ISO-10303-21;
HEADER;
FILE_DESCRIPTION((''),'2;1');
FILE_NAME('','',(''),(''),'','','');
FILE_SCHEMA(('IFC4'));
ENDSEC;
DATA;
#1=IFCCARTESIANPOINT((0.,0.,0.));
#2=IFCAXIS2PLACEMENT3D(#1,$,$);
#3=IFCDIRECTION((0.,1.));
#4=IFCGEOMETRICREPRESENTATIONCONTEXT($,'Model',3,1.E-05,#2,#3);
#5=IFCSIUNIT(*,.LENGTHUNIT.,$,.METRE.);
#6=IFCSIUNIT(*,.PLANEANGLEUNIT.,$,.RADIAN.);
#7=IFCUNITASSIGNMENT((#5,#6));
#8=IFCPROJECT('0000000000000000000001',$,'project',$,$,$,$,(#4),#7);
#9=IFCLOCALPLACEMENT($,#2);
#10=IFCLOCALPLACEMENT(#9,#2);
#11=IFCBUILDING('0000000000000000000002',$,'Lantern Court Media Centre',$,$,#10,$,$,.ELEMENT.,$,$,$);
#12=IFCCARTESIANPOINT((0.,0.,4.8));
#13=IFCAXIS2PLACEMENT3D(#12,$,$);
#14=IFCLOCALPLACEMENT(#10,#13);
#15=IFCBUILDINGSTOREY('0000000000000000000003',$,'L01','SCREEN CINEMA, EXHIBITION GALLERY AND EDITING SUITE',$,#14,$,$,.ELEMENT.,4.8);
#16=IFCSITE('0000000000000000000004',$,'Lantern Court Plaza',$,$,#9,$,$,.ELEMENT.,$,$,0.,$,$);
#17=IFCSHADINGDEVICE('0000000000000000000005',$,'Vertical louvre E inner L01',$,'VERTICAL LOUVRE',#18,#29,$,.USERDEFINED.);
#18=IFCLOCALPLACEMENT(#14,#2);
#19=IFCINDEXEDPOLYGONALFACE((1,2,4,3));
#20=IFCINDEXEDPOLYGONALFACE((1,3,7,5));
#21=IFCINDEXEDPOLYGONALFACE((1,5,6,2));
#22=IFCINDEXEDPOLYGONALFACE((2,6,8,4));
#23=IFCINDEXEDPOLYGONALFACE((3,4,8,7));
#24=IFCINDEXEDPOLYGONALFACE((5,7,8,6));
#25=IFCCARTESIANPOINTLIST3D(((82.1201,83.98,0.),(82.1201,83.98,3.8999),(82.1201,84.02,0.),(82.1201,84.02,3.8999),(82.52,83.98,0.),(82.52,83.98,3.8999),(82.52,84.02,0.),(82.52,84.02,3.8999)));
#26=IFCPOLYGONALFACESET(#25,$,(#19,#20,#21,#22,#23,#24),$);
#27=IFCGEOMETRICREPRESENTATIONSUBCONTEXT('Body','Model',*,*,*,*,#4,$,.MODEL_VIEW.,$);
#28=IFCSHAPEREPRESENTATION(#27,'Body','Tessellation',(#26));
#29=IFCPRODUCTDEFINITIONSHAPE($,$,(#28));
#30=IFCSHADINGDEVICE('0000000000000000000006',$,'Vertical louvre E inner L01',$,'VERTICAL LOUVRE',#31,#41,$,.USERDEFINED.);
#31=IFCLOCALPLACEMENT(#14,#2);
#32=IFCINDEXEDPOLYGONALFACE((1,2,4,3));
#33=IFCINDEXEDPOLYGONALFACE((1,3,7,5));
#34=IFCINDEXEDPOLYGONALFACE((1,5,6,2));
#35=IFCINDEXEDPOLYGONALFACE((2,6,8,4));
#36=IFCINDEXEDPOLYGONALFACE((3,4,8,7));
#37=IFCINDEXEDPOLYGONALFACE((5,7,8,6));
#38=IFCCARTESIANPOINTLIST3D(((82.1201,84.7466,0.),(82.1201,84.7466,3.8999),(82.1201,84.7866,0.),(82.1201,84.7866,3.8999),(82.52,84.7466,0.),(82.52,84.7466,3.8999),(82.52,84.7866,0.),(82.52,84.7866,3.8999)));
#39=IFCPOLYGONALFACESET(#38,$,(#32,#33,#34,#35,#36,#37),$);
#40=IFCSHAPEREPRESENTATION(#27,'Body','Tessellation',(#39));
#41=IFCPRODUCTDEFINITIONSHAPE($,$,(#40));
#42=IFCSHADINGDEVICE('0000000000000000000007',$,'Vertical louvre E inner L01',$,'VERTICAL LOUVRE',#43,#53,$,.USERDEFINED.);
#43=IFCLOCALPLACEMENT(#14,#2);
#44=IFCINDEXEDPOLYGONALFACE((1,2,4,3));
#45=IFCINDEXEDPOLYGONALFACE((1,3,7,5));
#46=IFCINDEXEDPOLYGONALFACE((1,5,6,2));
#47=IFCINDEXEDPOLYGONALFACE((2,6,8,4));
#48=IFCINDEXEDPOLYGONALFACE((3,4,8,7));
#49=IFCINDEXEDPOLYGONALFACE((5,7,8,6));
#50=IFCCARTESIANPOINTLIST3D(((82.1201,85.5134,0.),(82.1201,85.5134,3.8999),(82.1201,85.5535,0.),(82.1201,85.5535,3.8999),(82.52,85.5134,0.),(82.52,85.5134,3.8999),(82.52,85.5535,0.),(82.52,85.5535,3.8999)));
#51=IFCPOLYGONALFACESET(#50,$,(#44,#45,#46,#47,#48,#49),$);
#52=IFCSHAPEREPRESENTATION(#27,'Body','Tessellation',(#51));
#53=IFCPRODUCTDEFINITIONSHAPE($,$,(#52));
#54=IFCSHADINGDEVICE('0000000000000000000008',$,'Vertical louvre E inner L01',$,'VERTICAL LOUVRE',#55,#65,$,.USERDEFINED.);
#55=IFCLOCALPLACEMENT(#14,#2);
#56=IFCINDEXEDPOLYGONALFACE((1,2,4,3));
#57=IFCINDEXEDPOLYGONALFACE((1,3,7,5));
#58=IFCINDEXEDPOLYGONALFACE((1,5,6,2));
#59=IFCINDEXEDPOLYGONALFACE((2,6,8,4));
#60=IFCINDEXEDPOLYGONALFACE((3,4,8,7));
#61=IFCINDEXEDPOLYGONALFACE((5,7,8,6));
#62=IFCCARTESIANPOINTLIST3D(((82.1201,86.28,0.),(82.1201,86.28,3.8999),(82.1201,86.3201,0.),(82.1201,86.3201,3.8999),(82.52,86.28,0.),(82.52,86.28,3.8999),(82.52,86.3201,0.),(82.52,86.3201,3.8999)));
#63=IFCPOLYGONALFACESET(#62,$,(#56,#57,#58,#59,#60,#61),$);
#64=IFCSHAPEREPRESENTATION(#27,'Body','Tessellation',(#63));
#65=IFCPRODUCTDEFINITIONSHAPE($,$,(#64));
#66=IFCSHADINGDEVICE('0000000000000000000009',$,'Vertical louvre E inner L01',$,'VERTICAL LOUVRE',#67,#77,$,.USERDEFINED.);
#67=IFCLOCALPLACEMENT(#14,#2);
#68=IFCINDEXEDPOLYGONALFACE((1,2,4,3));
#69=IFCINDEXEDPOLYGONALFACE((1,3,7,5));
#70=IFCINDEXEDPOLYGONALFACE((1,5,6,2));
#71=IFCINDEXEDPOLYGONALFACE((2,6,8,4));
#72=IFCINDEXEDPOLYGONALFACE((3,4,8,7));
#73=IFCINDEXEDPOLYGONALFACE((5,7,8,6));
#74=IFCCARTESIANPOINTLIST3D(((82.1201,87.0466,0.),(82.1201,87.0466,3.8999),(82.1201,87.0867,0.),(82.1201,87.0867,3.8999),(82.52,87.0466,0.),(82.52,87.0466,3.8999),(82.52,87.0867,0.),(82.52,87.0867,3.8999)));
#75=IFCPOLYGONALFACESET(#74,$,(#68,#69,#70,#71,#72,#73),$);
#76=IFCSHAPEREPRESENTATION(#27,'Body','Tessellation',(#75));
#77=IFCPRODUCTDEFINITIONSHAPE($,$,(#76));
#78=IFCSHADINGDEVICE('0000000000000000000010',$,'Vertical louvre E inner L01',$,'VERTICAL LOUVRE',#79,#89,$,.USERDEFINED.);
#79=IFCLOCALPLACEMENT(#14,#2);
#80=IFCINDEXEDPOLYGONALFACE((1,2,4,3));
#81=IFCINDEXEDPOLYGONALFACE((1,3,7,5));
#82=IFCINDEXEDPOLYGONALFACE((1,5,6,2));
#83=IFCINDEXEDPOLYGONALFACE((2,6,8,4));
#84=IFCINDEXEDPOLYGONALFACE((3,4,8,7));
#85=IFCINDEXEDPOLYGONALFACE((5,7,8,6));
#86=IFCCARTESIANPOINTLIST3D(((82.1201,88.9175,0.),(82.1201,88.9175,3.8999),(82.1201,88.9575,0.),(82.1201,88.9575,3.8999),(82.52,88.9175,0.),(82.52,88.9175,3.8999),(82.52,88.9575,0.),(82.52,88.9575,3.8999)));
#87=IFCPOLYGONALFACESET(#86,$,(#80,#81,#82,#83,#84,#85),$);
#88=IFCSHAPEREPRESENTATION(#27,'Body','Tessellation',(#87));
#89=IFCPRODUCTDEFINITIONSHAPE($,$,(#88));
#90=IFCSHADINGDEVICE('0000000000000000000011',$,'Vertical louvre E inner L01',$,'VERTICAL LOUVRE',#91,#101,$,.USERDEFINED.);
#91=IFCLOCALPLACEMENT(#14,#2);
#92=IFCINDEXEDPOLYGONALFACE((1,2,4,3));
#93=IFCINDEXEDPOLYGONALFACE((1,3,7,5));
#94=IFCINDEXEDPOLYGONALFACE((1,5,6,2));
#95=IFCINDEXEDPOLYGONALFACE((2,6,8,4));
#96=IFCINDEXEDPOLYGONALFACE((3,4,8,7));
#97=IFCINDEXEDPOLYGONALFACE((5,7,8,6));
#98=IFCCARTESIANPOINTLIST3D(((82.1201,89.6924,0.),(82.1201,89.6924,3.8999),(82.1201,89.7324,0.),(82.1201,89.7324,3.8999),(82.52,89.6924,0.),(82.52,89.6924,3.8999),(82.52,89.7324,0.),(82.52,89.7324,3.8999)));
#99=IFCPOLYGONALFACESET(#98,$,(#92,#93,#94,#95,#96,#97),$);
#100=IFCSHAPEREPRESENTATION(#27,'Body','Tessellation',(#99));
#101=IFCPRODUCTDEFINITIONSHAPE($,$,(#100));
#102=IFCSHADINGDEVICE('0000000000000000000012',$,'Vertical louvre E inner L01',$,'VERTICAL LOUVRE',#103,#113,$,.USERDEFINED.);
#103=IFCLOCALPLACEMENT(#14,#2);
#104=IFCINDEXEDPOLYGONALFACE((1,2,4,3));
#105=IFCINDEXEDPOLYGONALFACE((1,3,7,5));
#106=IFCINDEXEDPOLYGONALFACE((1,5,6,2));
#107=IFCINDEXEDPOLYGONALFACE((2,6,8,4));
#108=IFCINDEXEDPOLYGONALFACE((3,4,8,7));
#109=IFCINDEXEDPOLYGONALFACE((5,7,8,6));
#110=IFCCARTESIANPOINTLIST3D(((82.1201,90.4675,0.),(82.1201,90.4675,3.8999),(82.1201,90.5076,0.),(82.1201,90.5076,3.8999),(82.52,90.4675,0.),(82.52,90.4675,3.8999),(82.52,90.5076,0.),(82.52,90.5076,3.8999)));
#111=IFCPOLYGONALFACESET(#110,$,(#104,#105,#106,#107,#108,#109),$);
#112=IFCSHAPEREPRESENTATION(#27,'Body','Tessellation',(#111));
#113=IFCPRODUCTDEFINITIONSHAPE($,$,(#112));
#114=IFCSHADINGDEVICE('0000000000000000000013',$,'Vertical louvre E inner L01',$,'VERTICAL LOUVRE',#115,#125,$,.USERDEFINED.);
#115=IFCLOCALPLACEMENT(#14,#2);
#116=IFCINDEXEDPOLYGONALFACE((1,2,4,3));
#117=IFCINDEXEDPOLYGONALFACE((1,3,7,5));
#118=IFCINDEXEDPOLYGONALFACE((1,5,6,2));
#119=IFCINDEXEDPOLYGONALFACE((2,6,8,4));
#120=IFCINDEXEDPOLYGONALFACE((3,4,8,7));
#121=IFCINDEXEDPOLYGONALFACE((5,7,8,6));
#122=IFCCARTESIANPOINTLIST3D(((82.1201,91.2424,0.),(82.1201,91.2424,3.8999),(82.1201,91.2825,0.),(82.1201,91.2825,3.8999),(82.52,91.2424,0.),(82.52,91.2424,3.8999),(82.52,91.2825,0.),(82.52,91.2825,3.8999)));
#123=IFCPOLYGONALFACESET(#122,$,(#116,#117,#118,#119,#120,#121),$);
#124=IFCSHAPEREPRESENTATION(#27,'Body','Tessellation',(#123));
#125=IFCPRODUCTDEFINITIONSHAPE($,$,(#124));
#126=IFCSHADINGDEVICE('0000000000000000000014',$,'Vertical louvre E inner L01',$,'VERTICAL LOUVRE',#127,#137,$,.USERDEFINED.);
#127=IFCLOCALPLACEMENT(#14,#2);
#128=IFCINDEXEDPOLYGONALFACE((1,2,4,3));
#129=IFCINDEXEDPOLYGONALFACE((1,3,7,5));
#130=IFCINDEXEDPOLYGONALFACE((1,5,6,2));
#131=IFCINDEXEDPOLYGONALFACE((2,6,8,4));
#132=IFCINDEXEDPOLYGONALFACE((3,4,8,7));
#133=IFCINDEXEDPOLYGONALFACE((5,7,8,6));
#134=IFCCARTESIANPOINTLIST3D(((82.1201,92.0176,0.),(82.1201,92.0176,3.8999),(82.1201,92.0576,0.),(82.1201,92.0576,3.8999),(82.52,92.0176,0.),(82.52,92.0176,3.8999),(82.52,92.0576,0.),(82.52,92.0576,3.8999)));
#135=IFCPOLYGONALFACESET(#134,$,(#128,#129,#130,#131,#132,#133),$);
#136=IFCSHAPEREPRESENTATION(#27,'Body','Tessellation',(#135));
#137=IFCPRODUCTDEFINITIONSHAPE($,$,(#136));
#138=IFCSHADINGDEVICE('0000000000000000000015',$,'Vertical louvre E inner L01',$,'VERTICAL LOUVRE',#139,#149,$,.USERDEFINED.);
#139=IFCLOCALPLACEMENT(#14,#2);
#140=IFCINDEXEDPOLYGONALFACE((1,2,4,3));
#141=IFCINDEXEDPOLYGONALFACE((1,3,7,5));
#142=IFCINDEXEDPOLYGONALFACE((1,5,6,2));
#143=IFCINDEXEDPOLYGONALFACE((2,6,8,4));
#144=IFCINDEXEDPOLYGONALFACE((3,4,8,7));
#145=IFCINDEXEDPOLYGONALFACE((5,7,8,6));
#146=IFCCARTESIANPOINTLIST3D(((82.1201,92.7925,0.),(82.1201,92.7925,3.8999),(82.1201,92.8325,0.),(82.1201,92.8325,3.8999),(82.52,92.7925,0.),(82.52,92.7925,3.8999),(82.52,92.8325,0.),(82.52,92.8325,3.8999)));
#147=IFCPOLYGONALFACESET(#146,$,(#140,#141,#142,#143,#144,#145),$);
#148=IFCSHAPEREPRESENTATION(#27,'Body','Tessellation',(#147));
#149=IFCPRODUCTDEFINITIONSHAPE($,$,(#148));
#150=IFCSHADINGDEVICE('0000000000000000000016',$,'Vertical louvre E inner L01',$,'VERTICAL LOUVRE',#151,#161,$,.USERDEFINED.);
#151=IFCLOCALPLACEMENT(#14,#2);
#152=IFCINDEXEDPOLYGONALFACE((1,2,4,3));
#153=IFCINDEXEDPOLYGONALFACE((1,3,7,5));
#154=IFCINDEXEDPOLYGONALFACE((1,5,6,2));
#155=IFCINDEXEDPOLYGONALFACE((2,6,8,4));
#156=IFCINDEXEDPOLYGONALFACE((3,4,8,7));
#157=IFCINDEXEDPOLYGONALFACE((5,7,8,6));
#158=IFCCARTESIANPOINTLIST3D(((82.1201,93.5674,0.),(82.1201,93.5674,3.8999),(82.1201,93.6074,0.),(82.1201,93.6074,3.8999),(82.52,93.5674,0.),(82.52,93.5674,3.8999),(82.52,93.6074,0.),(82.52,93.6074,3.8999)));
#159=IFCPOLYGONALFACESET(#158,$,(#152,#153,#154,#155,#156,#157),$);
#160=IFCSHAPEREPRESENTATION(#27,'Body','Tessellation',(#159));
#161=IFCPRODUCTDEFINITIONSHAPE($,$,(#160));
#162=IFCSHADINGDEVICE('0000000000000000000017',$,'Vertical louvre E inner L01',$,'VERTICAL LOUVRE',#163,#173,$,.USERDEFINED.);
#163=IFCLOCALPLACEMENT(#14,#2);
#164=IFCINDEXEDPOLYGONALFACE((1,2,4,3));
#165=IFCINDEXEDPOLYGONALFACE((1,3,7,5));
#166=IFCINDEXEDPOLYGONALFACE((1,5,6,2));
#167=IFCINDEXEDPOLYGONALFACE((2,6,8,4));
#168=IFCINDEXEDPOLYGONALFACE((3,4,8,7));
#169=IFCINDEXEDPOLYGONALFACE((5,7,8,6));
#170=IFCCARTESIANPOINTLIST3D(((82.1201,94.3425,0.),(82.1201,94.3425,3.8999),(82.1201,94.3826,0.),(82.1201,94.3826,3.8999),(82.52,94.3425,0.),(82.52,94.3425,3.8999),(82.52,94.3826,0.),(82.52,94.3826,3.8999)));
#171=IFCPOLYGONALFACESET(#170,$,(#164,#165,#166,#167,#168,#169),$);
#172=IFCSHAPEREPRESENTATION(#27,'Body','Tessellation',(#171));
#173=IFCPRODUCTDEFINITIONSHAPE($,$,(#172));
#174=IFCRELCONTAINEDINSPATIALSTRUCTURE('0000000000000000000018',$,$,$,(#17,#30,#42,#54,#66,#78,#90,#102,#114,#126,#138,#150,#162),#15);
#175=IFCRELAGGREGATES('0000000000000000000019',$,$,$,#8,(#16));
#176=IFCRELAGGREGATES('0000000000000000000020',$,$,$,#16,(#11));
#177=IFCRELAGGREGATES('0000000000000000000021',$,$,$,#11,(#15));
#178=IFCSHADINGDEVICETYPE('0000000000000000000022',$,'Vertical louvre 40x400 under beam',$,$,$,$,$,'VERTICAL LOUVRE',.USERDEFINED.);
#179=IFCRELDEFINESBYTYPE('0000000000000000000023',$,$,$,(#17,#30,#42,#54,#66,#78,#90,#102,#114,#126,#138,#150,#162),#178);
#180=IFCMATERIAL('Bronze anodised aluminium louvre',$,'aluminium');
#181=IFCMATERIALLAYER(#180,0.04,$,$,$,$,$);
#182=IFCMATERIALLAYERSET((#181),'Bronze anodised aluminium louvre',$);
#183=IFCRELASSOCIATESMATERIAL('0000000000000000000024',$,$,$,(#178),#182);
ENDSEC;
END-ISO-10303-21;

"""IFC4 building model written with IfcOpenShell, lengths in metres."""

from ifc_helpers import new_model, si_unit, direction, frame, origin, origin_2d, place, context, subcontext, project, spatial, rectangle, extrude, material, layer, layer_set, type_object, element, save


model = new_model("IFC4")

# Units and contexts
model_context = context("Model", 3, precision=1e-05, world=origin(), true_north=direction((0.0, 1.0)))
body_context = subcontext(model_context, "Body", "Model", "MODEL_VIEW")
ifc_project = project(units=[si_unit("LENGTHUNIT", "METRE"), si_unit("PLANEANGLEUNIT", "RADIAN")], contexts=[model_context])

# Site, building, storey
site_placement = place(None, origin())
site = spatial("IfcSite", under=ifc_project, at=site_placement, Name="Lantern Court Plaza", CompositionType="ELEMENT", RefElevation=0.0)
building_placement = place(site_placement, origin())
building = spatial("IfcBuilding", under=site, at=building_placement, Name="Lantern Court Media Centre", CompositionType="ELEMENT")
storey_placement = place(building_placement, frame((0.0, 0.0, 4.8)))
storey = spatial("IfcBuildingStorey", under=building, at=storey_placement, Name="L01", Description="SCREEN CINEMA, EXHIBITION GALLERY AND EDITING SUITE", CompositionType="ELEMENT", Elevation=4.8)

# Shading devices
ifc_material_1 = material(Name="Bronze anodised aluminium louvre", Category="aluminium")
ifc_layer_1 = layer(ifc_material_1, 0.04)
ifc_layer_set_1 = layer_set([ifc_layer_1], Name="Bronze anodised aluminium louvre")
shading_device_type = type_object("IfcShadingDeviceType", Name="Vertical louvre 40x400 under beam", ElementType="VERTICAL LOUVRE", PredefinedType="USERDEFINED", material=ifc_layer_set_1)
for number, where, z_axis, x_axis, name in (
    (1, (82.3201, 84.0, 0.0), (0.0, 0.0, 1.0), (1.0, 0.0, 0.0), "Vertical louvre E inner L01"),
    (2, (82.3201, 84.7666, 0.0), (0.0, 0.0, 1.0), (1.0, 0.0, 0.0), "Vertical louvre E inner L01"),
    (3, (82.3201, 85.5334, 0.0), (0.0, 0.0, 1.0), (1.0, 0.0, 0.0), "Vertical louvre E inner L01"),
    (4, (82.3201, 86.3, 0.0), (0.0, 0.0, 1.0), (1.0, 0.0, 0.0), "Vertical louvre E inner L01"),
    (5, (82.3201, 87.0667, 0.0), (0.0, 0.0, 1.0), (1.0, 0.0, 0.0), "Vertical louvre E inner L01"),
    (6, (82.3201, 88.9375, 0.0), (0.0, 0.0, 1.0), (1.0, 0.0, 0.0), "Vertical louvre E inner L01"),
    (7, (82.3201, 89.7124, 0.0), (0.0, 0.0, 1.0), (1.0, 0.0, 0.0), "Vertical louvre E inner L01"),
    (8, (82.3201, 90.4875, 0.0), (0.0, 0.0, 1.0), (1.0, 0.0, 0.0), "Vertical louvre E inner L01"),
    (9, (82.3201, 91.2625, 0.0), (0.0, 0.0, 1.0), (1.0, 0.0, 0.0), "Vertical louvre E inner L01"),
    (10, (82.3201, 92.0376, 0.0), (0.0, 0.0, 1.0), (1.0, 0.0, 0.0), "Vertical louvre E inner L01"),
    (11, (82.3201, 92.8125, 0.0), (0.0, 0.0, 1.0), (1.0, 0.0, 0.0), "Vertical louvre E inner L01"),
    (12, (82.3201, 93.5874, 0.0), (0.0, 0.0, 1.0), (1.0, 0.0, 0.0), "Vertical louvre E inner L01"),
    (13, (82.3201, 94.3625, 0.0), (0.0, 0.0, 1.0), (1.0, 0.0, 0.0), "Vertical louvre E inner L01"),
):
    element("IfcShadingDevice", number, at=place(storey_placement, frame(where, z_axis=z_axis, x_axis=x_axis)), inside=storey, type_object=shading_device_type, Name=name, ObjectType="VERTICAL LOUVRE", PredefinedType="USERDEFINED", context=body_context, shape_type="SweptSolid", body=[
        extrude(rectangle(XDim=0.3999, YDim=0.04, at=origin_2d()), origin(), (0.0, 0.0, 1.0), 3.8999),
    ])

save(model, "model.ifc")
